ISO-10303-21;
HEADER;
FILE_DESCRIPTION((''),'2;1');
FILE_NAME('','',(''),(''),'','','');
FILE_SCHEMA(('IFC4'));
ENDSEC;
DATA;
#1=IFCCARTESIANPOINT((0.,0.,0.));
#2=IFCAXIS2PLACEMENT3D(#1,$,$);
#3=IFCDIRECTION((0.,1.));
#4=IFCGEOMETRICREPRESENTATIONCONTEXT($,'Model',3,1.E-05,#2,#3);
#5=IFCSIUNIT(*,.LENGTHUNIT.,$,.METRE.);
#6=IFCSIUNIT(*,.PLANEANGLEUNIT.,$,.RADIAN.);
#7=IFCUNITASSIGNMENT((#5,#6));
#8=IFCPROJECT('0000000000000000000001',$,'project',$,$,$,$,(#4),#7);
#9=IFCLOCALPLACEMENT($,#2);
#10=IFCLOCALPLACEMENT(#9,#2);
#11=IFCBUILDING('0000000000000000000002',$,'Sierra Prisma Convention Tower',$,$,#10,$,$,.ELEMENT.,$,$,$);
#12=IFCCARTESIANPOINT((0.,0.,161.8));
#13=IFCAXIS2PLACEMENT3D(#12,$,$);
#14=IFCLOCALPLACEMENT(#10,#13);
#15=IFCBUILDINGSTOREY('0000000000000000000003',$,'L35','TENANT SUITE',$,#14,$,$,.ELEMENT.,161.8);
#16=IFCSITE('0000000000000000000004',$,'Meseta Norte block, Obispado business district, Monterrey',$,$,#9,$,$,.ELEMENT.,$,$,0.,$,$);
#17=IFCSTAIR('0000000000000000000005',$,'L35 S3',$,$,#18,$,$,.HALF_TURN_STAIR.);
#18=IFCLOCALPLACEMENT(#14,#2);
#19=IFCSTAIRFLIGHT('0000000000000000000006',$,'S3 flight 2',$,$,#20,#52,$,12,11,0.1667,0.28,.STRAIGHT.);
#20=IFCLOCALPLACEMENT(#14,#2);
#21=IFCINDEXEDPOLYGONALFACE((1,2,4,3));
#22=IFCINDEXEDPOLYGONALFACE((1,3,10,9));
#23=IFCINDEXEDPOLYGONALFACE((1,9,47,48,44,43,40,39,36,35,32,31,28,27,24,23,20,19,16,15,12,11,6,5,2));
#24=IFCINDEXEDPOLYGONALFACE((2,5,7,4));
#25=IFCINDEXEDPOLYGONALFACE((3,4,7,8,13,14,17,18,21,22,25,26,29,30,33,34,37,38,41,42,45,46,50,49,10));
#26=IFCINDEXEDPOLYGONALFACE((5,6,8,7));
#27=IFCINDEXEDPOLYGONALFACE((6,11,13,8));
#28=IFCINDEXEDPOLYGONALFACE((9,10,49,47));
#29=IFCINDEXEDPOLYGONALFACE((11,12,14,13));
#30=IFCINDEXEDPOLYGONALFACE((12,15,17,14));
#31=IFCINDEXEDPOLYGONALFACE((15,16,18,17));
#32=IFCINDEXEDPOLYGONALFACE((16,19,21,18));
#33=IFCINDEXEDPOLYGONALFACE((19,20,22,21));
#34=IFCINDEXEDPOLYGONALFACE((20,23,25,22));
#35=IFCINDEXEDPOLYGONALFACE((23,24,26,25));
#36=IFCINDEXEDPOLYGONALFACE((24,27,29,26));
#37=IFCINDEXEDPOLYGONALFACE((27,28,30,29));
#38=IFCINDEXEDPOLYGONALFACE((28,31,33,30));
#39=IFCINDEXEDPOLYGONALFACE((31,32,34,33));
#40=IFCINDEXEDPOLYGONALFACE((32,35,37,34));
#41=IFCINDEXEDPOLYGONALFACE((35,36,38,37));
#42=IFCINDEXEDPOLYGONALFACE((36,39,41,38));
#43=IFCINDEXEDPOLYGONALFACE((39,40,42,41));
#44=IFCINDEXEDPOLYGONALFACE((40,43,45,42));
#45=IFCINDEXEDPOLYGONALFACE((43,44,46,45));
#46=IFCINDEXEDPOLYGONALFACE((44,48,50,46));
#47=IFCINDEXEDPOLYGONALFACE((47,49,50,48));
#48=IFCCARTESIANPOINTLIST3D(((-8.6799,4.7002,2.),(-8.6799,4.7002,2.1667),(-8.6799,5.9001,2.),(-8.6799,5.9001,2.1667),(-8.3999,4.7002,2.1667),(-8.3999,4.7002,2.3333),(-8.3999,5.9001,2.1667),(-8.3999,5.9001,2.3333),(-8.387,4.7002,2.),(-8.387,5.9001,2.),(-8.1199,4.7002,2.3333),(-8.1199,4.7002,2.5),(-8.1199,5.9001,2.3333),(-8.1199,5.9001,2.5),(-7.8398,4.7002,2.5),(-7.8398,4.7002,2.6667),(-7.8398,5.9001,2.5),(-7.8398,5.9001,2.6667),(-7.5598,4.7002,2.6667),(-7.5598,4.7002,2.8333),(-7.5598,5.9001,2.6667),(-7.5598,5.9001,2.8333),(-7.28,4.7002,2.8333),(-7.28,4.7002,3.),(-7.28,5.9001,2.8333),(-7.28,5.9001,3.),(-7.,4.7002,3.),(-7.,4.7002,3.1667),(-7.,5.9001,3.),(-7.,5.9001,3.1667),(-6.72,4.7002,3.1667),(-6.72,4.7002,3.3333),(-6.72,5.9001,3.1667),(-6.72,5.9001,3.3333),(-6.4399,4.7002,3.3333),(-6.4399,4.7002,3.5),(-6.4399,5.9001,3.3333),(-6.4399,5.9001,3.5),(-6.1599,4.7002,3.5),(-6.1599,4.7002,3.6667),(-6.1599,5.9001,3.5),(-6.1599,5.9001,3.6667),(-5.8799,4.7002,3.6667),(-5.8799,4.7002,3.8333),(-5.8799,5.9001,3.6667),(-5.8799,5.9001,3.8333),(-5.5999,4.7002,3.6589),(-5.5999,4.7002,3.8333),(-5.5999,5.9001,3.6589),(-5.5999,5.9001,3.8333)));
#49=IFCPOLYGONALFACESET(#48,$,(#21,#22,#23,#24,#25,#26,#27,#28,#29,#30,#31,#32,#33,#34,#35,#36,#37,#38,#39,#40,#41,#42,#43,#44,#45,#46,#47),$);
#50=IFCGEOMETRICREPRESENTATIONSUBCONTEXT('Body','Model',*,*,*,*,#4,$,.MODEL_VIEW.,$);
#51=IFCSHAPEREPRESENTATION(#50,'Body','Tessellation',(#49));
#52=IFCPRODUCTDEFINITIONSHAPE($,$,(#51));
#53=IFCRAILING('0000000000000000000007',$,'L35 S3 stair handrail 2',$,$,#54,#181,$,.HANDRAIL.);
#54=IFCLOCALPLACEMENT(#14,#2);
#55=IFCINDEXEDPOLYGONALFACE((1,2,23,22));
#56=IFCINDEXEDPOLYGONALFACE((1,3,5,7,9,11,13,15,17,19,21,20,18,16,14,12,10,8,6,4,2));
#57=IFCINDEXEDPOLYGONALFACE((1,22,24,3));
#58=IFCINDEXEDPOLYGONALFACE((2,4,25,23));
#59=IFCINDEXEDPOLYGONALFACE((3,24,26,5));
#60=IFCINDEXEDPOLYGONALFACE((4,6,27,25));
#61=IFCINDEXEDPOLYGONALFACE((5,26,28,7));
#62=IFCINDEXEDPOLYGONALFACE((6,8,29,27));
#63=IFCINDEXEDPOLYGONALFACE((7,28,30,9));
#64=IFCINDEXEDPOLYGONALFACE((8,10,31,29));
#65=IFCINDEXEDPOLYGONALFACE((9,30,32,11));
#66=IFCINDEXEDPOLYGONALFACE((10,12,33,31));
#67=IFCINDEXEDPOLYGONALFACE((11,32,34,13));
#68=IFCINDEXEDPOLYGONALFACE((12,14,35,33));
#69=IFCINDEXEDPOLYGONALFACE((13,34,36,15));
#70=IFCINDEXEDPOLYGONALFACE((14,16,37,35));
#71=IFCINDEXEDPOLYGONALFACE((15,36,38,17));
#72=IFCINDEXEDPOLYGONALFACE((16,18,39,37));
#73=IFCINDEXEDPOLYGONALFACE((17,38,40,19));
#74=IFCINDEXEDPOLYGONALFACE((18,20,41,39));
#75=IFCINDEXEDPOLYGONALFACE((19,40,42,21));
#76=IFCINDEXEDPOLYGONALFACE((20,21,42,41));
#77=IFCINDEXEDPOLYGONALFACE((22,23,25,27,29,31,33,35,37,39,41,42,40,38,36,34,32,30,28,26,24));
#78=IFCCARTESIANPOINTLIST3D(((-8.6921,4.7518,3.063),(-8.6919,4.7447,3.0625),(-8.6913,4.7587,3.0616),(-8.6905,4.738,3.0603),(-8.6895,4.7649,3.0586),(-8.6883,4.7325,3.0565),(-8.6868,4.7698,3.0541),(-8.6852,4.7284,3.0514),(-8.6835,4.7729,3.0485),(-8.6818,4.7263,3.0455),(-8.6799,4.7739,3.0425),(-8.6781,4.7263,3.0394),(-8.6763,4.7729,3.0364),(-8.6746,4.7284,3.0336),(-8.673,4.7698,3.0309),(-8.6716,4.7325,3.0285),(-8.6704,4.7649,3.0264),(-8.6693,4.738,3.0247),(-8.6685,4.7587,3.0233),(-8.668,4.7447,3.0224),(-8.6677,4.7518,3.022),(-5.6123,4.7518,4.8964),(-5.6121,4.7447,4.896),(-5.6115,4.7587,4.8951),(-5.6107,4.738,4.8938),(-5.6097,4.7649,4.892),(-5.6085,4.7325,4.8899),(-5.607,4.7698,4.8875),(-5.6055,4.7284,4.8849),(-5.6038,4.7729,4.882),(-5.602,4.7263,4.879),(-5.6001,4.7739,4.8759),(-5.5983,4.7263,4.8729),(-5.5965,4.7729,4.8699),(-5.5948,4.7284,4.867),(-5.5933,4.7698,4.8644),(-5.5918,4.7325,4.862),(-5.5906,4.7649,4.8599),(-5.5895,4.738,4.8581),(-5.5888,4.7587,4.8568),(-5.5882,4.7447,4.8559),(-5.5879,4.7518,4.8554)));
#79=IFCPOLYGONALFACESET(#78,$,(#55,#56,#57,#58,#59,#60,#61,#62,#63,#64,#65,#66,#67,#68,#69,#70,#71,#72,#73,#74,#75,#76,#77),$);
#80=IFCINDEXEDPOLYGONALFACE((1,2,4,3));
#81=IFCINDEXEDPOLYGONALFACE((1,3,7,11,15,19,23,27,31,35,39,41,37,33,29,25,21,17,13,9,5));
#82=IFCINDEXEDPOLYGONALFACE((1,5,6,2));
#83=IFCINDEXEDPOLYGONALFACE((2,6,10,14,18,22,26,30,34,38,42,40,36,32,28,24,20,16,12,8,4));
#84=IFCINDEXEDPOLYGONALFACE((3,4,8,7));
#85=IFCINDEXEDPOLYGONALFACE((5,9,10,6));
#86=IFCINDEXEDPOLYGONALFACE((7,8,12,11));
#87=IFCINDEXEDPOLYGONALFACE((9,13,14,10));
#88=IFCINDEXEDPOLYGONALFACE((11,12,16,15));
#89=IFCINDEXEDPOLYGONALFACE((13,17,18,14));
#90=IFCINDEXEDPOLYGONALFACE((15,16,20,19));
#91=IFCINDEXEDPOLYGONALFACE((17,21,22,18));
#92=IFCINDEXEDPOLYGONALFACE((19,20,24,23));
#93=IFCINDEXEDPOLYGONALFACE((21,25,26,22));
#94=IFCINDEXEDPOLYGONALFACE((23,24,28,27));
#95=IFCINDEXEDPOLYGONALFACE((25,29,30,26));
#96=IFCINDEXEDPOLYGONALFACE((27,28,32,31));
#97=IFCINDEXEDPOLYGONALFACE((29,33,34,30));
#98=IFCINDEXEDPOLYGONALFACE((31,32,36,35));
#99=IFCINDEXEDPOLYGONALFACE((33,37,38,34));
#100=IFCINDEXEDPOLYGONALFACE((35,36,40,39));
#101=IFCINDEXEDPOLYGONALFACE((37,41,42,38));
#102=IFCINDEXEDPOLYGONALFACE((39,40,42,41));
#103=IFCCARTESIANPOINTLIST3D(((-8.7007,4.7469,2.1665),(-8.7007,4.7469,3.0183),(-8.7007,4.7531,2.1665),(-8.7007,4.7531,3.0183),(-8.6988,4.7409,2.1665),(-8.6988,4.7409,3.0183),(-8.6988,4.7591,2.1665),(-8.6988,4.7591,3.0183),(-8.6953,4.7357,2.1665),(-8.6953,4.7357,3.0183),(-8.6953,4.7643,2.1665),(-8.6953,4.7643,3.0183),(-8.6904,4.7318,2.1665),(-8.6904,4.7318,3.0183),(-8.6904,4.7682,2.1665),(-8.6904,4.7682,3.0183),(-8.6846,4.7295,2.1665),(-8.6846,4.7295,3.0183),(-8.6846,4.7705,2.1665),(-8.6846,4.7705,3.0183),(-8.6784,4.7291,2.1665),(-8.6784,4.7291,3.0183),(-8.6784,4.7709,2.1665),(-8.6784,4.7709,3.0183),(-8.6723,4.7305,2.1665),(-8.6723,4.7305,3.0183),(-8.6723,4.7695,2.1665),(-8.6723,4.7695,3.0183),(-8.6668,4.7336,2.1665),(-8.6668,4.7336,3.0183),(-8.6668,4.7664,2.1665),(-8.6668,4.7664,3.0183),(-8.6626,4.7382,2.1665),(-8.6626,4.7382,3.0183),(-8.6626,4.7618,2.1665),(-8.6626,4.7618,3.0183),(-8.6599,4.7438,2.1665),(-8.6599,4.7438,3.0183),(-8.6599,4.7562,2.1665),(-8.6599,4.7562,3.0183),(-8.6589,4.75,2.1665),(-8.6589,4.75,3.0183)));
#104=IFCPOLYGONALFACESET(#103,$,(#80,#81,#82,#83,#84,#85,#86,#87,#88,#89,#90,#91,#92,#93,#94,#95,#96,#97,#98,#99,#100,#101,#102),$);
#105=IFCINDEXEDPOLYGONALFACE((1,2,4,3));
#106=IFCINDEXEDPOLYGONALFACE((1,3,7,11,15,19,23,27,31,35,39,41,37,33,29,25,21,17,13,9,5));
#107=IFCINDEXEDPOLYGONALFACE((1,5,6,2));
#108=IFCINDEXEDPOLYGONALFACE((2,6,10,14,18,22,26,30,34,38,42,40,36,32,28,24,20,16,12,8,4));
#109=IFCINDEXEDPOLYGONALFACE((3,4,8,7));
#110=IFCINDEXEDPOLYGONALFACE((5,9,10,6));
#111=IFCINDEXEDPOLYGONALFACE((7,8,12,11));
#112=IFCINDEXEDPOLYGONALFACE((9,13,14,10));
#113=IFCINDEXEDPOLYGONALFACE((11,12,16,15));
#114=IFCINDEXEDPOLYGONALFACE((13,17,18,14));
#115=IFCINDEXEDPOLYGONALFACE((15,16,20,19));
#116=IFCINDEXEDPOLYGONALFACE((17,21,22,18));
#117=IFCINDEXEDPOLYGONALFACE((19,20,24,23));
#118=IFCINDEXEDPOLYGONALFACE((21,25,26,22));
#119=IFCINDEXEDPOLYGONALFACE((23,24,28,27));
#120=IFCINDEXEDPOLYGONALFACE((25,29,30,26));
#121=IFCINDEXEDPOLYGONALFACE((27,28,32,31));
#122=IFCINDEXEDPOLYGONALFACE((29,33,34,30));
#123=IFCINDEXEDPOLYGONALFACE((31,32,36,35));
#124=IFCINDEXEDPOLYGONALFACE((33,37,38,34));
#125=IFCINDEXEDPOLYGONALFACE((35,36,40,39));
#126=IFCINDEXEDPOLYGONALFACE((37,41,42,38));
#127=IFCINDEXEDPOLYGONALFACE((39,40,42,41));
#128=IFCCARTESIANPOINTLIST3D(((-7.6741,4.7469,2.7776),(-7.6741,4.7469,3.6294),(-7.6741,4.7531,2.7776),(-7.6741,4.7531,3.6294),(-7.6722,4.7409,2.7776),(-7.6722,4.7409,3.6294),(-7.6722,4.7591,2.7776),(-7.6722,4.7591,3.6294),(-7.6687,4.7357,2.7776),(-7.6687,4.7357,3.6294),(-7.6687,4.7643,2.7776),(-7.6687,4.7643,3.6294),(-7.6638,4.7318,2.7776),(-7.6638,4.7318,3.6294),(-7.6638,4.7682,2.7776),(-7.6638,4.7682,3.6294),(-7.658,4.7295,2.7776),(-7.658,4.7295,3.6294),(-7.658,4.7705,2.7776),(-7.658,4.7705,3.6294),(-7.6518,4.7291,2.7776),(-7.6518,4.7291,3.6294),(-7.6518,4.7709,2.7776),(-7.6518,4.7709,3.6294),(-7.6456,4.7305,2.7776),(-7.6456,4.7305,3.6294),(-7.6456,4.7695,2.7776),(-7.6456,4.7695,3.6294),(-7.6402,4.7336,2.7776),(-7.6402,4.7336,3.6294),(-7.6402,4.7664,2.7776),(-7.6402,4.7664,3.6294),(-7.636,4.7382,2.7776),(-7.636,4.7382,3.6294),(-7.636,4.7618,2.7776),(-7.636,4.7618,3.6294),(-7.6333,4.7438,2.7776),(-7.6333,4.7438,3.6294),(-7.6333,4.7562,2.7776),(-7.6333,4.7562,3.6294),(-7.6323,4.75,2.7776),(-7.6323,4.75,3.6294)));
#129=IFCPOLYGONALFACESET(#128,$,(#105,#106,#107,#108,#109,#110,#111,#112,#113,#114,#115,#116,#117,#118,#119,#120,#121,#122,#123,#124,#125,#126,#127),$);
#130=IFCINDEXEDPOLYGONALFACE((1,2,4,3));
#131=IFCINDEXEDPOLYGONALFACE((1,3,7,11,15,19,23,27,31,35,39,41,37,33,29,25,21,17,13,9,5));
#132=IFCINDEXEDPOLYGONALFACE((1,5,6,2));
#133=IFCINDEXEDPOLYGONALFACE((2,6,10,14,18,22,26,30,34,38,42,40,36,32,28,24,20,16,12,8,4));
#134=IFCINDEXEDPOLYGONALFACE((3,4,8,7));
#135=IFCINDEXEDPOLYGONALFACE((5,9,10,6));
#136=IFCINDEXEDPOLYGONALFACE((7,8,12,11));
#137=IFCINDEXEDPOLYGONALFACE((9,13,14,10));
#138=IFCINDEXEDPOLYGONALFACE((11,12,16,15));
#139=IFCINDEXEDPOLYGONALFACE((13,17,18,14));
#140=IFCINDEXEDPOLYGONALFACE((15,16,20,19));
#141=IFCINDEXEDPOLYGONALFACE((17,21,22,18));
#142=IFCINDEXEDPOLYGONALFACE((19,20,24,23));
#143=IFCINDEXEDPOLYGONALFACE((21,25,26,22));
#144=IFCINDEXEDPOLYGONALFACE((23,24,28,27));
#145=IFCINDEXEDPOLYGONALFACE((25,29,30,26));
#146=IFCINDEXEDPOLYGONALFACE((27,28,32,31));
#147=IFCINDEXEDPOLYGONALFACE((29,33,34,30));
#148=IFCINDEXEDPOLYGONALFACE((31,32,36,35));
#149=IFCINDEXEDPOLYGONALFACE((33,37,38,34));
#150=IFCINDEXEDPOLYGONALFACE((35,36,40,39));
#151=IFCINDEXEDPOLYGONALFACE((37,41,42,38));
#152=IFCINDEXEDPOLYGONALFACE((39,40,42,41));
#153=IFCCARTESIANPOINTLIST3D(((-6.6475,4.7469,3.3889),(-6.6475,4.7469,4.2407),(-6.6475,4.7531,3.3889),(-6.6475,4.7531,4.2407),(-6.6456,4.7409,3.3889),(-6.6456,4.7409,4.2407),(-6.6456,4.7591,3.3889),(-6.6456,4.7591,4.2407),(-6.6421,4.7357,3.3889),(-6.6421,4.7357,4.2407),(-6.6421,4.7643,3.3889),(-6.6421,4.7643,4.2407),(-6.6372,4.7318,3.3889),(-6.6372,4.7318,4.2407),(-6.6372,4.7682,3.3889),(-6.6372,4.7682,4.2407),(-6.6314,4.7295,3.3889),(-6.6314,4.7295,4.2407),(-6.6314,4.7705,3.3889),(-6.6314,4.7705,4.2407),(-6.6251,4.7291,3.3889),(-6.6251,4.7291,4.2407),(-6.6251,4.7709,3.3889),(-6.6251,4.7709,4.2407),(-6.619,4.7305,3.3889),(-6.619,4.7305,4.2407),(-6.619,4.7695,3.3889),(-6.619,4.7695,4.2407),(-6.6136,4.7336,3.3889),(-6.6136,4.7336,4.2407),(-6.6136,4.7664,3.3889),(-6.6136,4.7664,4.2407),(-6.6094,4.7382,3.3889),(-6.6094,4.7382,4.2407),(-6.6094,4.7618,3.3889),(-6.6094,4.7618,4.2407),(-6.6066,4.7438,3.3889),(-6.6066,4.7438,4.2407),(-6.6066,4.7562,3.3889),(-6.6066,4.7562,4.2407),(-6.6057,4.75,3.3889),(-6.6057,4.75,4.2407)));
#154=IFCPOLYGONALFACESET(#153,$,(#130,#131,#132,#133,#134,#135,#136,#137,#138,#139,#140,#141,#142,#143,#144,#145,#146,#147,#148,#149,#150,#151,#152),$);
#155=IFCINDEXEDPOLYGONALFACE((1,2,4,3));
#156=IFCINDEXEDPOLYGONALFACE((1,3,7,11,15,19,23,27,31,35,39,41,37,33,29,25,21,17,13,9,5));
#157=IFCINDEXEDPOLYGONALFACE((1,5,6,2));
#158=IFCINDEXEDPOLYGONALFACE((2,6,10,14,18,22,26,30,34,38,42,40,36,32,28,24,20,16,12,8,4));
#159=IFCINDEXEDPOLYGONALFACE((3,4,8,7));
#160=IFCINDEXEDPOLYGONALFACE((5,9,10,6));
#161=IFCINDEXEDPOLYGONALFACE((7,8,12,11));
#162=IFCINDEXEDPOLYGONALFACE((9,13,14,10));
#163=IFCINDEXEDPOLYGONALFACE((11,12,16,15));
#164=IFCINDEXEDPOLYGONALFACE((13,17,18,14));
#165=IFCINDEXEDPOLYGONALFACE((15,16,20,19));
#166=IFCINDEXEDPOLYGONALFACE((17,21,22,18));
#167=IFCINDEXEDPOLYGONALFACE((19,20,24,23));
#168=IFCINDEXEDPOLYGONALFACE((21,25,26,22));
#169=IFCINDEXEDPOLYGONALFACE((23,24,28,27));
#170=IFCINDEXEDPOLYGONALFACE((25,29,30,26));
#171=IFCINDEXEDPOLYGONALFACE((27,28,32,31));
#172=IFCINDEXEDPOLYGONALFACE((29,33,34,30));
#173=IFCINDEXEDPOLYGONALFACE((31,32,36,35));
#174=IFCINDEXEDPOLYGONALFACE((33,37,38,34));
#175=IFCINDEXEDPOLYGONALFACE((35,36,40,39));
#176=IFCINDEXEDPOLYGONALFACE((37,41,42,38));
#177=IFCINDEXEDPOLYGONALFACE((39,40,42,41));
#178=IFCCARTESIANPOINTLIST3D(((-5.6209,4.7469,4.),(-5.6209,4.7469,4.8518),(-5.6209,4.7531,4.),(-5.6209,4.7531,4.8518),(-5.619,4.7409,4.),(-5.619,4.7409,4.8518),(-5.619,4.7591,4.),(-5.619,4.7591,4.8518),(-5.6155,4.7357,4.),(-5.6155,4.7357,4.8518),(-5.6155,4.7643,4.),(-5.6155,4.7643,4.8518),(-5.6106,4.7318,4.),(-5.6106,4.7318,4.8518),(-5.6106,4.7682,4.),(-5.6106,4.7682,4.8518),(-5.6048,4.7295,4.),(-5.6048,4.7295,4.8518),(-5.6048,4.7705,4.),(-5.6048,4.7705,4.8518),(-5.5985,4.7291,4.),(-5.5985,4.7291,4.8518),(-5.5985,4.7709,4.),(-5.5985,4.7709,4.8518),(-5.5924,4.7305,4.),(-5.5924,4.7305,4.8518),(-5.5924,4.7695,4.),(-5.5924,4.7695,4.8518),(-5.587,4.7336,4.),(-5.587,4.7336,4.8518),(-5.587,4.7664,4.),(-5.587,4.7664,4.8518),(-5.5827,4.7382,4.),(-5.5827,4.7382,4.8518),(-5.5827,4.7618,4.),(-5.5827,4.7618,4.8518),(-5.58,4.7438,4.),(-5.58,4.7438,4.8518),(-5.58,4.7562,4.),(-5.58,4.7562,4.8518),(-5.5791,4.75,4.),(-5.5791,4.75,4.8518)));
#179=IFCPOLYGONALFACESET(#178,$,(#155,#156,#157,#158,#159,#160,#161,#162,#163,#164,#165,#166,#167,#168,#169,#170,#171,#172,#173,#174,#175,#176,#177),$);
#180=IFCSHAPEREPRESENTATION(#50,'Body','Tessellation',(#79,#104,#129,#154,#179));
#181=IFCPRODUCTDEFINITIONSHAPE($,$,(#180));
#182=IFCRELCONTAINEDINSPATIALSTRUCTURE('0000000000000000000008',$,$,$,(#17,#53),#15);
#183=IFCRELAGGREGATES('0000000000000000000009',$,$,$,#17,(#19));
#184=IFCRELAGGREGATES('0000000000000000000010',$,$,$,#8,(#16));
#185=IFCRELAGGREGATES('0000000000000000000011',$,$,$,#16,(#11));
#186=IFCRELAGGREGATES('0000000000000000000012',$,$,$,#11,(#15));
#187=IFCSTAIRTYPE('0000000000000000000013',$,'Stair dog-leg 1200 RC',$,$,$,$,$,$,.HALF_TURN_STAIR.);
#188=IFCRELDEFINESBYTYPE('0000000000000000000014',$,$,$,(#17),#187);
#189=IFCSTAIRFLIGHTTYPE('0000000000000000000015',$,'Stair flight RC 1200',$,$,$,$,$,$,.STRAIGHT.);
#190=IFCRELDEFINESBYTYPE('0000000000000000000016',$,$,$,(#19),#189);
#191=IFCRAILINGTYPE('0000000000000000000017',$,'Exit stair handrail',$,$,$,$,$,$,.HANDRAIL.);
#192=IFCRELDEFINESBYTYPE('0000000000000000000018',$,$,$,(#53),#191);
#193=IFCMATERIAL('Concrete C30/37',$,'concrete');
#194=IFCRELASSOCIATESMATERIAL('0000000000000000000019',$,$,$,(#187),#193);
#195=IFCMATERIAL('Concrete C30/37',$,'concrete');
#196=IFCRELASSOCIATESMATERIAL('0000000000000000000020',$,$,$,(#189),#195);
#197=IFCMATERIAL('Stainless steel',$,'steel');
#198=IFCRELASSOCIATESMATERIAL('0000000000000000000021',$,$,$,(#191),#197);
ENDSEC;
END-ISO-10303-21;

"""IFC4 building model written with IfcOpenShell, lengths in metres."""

from ifc_helpers import new_model, si_unit, direction, frame, origin, origin_2d, place, context, subcontext, project, spatial, polyline, circle, outline, extrude, material, type_object, element, aggregate, save


model = new_model("IFC4")

# Units and contexts
model_context = context("Model", 3, precision=1e-05, world=origin(), true_north=direction((0.0, 1.0)))
body_context = subcontext(model_context, "Body", "Model", "MODEL_VIEW")
ifc_project = project(units=[si_unit("LENGTHUNIT", "METRE"), si_unit("PLANEANGLEUNIT", "RADIAN")], contexts=[model_context])

# Site, building, storey
site_placement = place(None, origin())
site = spatial("IfcSite", under=ifc_project, at=site_placement, Name="Meseta Norte block, Obispado business district, Monterrey", CompositionType="ELEMENT", RefElevation=0.0)
building_placement = place(site_placement, origin())
building = spatial("IfcBuilding", under=site, at=building_placement, Name="Sierra Prisma Convention Tower", CompositionType="ELEMENT")
storey_placement = place(building_placement, frame((0.0, 0.0, 161.8)))
storey = spatial("IfcBuildingStorey", under=building, at=storey_placement, Name="L35", Description="TENANT SUITE", CompositionType="ELEMENT", Elevation=161.8)

# Stair, stair flight
ifc_material_1 = material(Name="Concrete C30/37", Category="concrete")
stair_type = type_object("IfcStairType", Name="Stair dog-leg 1200 RC", PredefinedType="HALF_TURN_STAIR", material=ifc_material_1)
stair_placement = place(storey_placement, origin())
stair = element("IfcStair", 1, at=stair_placement, inside=storey, type_object=stair_type, Name="L35 S3", PredefinedType="HALF_TURN_STAIR")
ifc_material_2 = material(Name="Concrete C30/37", Category="concrete")
stair_flight_type = type_object("IfcStairFlightType", Name="Stair flight RC 1200", PredefinedType="STRAIGHT", material=ifc_material_2)
stair_flight_placement = place(storey_placement, frame((-8.6799, 5.3, 2.0), z_axis=(0.0, 0.0, 1.0), x_axis=(1.0, 0.0, 0.0)))
stair_flight = element("IfcStairFlight", 2, at=stair_flight_placement, type_object=stair_flight_type, Name="S3 flight 2", NumberOfRisers=12, NumberOfTreads=11, PredefinedType="STRAIGHT", RiserHeight=0.1667, TreadLength=0.28, context=body_context, shape_type="SweptSolid", body=[
    extrude(outline(polyline([(0.0, 0.0), (0.0, 0.1667), (0.28, 0.1667), (0.28, 0.3333), (0.5601, 0.3333), (0.5601, 0.5), (0.8401, 0.5), (0.8401, 0.6667), (1.1201, 0.6667), (1.1201, 0.8333), (1.3999, 0.8333), (1.3999, 1.0), (1.6799, 1.0), (1.6799, 1.1667), (1.96, 1.1667), (1.96, 1.3333), (2.24, 1.3333), (2.24, 1.5), (2.52, 1.5), (2.52, 1.6667), (2.8, 1.6667), (2.8, 1.8333), (3.0801, 1.8333), (3.0801, 2.0), (3.0801, 1.6589), (0.293, 0.0), (0.0, 0.0)])), frame((0.0, 0.6001, 0.0), z_axis=(0.0, -1.0, 0.0), x_axis=(1.0, 0.0, 0.0)), (0.0, 0.0, 1.0), 1.2),
])
aggregate(stair, [stair_flight])

# Railing
ifc_material_3 = material(Name="Stainless steel", Category="steel")
railing_type_1 = type_object("IfcRailingType", Name="Exit stair handrail", PredefinedType="HANDRAIL", material=ifc_material_3)
railing_1_placement = place(storey_placement, frame((-8.6799, 4.75, 2.1665)))
element("IfcRailing", 3, at=railing_1_placement, inside=storey, type_object=railing_type_1, Name="L35 S3 stair handrail 2", PredefinedType="HANDRAIL", context=body_context, shape_type="SweptSolid", body=[
    extrude(circle(Radius=0.0239, at=origin_2d()), frame((0.0, 0.0, 0.876), z_axis=(0.859261, 0.0, 0.511538), x_axis=(0.0, 1.0, 0.0)), (0.0, 0.0, 1.0), 3.5842),
    extrude(circle(Radius=0.021, at=origin_2d()), origin(), (0.0, 0.0, 1.0), 0.8518),
    extrude(circle(Radius=0.021, at=origin_2d()), frame((1.0266, 0.0, 0.6111)), (0.0, 0.0, 1.0), 0.8518),
    extrude(circle(Radius=0.021, at=origin_2d()), frame((2.0532, 0.0, 1.2224)), (0.0, 0.0, 1.0), 0.8518),
    extrude(circle(Radius=0.021, at=origin_2d()), frame((3.0798, 0.0, 1.8335)), (0.0, 0.0, 1.0), 0.8518),
])

save(model, "model.ifc")
